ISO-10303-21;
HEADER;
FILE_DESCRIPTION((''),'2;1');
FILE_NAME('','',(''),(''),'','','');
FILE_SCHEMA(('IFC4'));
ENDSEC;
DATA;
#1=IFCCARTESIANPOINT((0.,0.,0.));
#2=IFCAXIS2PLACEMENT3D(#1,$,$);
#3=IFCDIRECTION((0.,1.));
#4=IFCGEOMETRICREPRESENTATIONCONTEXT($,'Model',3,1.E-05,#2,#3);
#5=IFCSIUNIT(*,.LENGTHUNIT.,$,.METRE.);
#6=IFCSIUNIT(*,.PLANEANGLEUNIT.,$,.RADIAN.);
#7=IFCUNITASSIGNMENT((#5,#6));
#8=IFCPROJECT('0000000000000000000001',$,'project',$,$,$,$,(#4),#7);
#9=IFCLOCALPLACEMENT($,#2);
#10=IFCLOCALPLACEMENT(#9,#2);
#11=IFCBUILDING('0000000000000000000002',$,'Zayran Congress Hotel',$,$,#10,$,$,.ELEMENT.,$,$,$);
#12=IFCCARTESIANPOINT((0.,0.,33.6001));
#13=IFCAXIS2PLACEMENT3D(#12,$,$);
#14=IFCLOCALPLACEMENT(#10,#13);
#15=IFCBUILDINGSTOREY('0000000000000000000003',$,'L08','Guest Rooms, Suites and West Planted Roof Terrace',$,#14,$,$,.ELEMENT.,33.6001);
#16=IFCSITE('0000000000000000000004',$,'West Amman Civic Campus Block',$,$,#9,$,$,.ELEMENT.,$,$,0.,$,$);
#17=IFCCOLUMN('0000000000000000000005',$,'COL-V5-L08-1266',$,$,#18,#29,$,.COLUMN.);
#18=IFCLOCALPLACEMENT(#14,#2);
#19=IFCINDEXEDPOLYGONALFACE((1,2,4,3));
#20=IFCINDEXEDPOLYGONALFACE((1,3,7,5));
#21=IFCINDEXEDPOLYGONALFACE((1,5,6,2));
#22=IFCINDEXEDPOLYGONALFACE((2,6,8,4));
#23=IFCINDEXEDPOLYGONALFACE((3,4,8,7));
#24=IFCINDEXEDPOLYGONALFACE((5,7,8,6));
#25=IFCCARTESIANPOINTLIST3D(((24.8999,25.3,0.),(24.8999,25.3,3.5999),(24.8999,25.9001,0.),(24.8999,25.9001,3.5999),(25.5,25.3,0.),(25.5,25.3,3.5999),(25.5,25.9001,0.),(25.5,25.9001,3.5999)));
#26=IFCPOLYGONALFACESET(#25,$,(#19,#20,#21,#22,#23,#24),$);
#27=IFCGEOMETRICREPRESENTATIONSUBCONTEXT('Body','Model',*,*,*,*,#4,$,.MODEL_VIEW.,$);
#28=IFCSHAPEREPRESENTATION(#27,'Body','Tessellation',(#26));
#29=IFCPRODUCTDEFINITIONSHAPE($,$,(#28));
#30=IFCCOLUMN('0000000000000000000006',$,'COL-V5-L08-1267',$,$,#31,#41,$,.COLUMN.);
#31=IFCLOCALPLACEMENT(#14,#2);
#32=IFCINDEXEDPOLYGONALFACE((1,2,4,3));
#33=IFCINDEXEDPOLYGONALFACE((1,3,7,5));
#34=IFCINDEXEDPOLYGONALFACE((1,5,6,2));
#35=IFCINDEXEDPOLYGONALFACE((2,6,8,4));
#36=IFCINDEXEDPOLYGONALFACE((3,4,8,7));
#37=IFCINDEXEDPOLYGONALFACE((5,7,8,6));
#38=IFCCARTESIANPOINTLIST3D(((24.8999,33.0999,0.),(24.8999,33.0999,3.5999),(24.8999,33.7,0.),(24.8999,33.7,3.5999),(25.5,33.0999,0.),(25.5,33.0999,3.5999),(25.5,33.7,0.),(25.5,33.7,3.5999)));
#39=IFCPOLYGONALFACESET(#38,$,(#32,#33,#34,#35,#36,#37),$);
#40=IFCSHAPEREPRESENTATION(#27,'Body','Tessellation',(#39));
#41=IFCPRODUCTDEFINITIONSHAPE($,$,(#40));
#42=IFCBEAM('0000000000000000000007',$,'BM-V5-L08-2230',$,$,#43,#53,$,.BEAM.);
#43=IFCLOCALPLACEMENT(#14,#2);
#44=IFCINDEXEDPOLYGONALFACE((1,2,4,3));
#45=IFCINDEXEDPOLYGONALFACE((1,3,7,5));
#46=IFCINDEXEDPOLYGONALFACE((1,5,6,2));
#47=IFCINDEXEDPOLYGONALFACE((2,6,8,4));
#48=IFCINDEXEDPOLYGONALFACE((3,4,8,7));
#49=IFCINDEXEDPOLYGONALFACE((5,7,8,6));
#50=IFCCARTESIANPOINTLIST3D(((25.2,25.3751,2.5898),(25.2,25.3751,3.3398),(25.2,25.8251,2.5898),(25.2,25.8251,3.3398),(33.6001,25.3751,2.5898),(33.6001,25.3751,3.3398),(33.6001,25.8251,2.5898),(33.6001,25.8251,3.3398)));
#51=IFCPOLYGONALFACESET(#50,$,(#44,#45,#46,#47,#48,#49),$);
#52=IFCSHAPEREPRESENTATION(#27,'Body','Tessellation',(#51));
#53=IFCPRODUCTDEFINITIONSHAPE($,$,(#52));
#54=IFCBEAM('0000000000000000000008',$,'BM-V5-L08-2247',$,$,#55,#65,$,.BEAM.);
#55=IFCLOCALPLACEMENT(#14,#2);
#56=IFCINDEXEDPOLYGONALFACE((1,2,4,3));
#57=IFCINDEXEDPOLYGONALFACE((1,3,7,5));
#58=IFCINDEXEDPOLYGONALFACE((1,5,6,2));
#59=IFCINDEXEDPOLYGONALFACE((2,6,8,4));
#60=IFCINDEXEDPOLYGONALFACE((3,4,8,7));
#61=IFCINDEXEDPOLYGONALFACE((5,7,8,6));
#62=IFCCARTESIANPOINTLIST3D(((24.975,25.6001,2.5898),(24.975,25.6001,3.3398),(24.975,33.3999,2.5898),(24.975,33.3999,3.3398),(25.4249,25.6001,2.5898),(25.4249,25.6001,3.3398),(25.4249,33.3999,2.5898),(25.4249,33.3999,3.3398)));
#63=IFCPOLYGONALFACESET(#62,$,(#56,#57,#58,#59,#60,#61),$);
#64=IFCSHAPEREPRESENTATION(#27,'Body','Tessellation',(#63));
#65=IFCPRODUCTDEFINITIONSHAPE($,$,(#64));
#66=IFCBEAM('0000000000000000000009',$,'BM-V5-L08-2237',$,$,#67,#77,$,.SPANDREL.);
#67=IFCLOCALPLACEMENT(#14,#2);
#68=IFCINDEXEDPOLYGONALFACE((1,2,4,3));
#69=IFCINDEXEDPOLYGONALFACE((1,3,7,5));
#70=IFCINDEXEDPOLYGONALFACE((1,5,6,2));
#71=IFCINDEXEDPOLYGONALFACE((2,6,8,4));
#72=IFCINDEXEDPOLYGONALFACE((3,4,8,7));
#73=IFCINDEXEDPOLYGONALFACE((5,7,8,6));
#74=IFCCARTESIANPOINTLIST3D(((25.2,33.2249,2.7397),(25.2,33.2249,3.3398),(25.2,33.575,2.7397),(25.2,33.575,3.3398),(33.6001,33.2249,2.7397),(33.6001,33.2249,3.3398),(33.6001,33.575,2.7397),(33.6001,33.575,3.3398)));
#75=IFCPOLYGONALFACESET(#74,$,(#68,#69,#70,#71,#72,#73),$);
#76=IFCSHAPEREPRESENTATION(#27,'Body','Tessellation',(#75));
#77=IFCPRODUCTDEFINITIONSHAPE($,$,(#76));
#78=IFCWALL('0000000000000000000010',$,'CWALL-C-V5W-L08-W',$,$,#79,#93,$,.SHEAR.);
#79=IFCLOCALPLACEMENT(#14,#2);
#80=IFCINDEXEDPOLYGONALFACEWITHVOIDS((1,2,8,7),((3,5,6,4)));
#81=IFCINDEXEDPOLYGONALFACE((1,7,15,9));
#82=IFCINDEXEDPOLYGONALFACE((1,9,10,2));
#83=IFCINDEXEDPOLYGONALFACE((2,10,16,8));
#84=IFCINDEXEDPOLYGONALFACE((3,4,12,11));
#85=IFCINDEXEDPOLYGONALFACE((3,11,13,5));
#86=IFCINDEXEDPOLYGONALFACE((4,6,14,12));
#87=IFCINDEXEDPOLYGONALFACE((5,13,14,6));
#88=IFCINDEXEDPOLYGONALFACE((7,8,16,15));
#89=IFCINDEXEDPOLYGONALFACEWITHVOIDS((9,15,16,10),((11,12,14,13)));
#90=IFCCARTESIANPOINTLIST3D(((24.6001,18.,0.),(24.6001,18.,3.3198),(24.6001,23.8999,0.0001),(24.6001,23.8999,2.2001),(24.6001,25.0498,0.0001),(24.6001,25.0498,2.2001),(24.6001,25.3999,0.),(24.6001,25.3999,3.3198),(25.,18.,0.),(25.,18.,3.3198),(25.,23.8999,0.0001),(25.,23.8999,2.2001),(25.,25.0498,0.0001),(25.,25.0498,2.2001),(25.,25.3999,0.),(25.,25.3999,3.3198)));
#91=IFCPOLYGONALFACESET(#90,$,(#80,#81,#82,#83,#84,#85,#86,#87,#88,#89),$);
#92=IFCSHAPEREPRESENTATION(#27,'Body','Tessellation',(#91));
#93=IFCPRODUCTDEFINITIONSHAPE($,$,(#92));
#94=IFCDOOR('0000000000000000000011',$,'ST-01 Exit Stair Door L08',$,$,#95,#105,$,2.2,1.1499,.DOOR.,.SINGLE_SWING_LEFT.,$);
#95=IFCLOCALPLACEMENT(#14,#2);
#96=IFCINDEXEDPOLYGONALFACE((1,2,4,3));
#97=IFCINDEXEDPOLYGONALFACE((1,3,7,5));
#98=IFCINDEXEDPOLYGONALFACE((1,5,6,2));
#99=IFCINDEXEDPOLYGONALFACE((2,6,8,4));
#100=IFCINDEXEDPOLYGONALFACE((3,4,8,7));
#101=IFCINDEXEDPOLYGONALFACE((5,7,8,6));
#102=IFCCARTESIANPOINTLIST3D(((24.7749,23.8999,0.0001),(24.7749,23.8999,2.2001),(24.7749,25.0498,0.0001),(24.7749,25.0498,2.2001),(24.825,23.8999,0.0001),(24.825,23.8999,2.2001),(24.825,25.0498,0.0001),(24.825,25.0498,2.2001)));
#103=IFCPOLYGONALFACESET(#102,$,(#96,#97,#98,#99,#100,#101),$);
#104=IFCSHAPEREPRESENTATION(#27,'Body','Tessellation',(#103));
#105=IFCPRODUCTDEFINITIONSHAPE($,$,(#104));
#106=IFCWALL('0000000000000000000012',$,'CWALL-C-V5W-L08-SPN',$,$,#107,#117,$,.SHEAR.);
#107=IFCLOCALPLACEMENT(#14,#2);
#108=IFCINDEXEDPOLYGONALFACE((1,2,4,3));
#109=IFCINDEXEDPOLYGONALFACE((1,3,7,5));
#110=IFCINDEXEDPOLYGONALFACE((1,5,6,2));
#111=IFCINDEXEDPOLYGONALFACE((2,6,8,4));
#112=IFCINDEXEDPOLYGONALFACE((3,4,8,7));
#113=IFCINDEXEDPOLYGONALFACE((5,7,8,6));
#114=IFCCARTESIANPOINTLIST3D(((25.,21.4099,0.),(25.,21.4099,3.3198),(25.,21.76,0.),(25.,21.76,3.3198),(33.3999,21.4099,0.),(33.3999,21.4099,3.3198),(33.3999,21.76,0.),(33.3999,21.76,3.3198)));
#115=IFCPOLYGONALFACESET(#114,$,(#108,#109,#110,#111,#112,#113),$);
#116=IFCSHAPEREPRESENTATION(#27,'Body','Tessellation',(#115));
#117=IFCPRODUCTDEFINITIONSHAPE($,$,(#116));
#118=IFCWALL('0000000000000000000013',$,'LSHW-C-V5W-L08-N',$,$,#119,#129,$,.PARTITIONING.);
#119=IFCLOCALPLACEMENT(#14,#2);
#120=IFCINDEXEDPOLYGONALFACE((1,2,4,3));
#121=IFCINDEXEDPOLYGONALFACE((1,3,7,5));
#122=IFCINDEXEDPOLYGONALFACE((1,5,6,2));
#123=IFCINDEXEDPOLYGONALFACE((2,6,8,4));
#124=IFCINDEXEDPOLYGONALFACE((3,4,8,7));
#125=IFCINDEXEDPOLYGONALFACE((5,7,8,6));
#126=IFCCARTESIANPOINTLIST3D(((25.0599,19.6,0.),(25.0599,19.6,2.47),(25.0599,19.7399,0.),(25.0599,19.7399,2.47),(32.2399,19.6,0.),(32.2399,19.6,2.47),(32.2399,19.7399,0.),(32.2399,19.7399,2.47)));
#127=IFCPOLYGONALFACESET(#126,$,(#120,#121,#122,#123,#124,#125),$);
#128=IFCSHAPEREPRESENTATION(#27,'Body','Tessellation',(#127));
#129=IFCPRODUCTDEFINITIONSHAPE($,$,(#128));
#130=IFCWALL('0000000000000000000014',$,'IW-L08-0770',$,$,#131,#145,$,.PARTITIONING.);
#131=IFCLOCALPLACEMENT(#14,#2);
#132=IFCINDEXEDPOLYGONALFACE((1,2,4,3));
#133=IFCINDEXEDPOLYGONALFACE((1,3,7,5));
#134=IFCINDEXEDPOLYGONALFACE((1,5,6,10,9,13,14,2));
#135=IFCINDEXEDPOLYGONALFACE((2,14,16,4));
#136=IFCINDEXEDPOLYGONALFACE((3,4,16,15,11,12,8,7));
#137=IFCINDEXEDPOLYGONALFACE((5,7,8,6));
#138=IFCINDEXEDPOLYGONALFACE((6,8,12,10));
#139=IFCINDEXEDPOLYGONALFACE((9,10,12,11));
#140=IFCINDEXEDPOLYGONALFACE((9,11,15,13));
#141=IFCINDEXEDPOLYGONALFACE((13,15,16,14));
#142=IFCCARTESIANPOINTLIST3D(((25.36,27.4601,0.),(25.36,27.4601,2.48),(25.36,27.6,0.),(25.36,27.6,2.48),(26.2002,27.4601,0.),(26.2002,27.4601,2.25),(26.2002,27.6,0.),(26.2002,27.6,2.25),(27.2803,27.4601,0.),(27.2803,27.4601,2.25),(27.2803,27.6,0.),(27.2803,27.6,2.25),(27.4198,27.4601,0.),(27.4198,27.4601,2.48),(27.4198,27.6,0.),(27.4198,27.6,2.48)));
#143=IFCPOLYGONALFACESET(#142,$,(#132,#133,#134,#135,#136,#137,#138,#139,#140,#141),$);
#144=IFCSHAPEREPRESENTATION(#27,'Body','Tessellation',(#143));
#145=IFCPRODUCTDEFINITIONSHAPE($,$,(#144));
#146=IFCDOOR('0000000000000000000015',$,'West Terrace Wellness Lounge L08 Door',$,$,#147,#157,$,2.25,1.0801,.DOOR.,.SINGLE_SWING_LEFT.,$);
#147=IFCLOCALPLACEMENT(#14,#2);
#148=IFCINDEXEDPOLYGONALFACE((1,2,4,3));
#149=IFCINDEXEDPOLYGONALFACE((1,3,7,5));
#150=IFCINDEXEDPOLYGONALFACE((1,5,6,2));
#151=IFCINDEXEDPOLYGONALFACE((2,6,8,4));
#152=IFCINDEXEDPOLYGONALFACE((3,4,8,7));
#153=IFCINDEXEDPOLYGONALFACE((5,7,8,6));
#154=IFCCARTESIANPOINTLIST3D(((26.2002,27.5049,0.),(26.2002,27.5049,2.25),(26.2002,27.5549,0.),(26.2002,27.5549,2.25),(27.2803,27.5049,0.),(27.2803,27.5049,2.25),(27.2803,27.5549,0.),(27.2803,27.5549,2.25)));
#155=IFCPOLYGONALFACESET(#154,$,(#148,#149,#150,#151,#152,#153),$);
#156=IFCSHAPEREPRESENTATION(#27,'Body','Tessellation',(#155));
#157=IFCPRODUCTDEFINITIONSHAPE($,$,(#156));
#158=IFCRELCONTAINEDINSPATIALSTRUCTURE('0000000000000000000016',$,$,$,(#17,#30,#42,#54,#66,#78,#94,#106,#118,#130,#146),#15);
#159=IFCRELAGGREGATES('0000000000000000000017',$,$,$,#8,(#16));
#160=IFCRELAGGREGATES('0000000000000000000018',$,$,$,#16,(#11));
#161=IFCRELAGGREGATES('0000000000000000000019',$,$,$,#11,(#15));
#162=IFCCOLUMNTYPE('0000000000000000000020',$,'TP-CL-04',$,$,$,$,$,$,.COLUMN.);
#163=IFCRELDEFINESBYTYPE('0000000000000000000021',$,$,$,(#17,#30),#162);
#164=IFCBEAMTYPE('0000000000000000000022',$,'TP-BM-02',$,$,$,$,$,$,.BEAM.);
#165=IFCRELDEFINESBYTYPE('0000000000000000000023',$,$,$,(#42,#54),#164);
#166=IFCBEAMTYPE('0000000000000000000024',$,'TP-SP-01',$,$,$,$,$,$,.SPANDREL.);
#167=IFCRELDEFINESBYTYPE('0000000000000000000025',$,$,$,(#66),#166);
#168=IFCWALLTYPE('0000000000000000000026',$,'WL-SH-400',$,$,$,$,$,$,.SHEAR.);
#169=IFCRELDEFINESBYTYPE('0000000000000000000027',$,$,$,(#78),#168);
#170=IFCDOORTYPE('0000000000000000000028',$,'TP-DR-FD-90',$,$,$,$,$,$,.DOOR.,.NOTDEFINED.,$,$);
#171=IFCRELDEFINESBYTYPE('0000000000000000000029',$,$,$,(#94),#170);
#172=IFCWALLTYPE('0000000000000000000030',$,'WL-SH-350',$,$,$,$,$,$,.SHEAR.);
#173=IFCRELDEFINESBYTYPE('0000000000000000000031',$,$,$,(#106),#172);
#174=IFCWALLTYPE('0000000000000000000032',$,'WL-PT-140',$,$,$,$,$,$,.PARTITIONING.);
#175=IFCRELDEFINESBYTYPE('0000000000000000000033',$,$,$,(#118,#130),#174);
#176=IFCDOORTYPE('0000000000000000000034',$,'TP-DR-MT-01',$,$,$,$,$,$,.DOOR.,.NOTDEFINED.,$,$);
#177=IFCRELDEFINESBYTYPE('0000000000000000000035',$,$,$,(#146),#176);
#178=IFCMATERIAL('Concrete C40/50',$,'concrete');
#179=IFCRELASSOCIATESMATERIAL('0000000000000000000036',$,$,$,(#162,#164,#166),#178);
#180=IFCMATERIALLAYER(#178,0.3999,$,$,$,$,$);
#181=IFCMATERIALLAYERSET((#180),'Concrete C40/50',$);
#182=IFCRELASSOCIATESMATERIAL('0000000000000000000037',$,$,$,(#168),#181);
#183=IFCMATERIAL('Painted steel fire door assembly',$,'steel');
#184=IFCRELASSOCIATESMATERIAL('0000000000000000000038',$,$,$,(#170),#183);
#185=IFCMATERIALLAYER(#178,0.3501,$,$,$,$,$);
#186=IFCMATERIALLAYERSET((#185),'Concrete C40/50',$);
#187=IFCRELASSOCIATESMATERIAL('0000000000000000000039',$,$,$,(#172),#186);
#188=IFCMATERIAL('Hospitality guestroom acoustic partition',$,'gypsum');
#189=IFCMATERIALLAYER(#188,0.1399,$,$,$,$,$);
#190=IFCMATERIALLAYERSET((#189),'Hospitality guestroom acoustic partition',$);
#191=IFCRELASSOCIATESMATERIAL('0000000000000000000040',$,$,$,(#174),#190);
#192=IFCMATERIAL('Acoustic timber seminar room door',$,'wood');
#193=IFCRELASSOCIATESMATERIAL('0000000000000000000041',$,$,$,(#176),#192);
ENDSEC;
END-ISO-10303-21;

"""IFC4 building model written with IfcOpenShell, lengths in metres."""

from ifc_helpers import new_model, si_unit, direction, frame, frame_2d, origin, origin_2d, place, context, subcontext, project, spatial, rectangle, extrude, material, layer, layer_set, material_profile, profile_set, type_object, element, fill, save


model = new_model("IFC4")

# Units and contexts
model_context = context("Model", 3, precision=1e-05, world=origin(), true_north=direction((0.0, 1.0)))
body_context = subcontext(model_context, "Body", "Model", "MODEL_VIEW")
ifc_project = project(units=[si_unit("LENGTHUNIT", "METRE"), si_unit("PLANEANGLEUNIT", "RADIAN")], contexts=[model_context])

# Site, building, storey
site_placement = place(None, origin())
site = spatial("IfcSite", under=ifc_project, at=site_placement, Name="West Amman Civic Campus Block", CompositionType="ELEMENT", RefElevation=0.0)
building_placement = place(site_placement, origin())
building = spatial("IfcBuilding", under=site, at=building_placement, Name="Zayran Congress Hotel", CompositionType="ELEMENT")
storey_placement = place(building_placement, frame((0.0, 0.0, 33.6001)))
storey = spatial("IfcBuildingStorey", under=building, at=storey_placement, Name="L08", Description="Guest Rooms, Suites and West Planted Roof Terrace", CompositionType="ELEMENT", Elevation=33.6001)

# Columns
ifc_material_1 = material(Name="Concrete C40/50", Category="concrete")
ifc_material_profile_1 = material_profile(ifc_material_1, rectangle(XDim=0.6001, YDim=0.6001, at=origin_2d()), Name="RC 600x600")
ifc_profile_set_1 = profile_set([ifc_material_profile_1], Name="Concrete C40/50")
column_type = type_object("IfcColumnType", Name="TP-CL-04", PredefinedType="COLUMN", material=ifc_profile_set_1)
for number, where, z_axis, x_axis, name in (
    (1, (25.2, 25.6001, 0.0), (0.0, 0.0, 1.0), (1.0, 0.0, 0.0), "COL-V5-L08-1266"),
    (2, (25.2, 33.3999, 0.0), (0.0, 0.0, 1.0), (1.0, 0.0, 0.0), "COL-V5-L08-1267"),
):
    element("IfcColumn", number, at=place(storey_placement, frame(where, z_axis=z_axis, x_axis=x_axis)), inside=storey, type_object=column_type, Name=name, PredefinedType="COLUMN", context=body_context, shape_type="SweptSolid", body=[
        extrude(rectangle(XDim=0.6001, YDim=0.6001, at=origin_2d()), origin(), (0.0, 0.0, 1.0), 3.5999),
    ])

# Beams
ifc_material_profile_2 = material_profile(ifc_material_1, rectangle(XDim=0.45, YDim=0.75, at=origin_2d()), Name="RC 450x750")
ifc_profile_set_2 = profile_set([ifc_material_profile_2], Name="Concrete C40/50")
beam_type_1 = type_object("IfcBeamType", Name="TP-BM-02", PredefinedType="BEAM", material=ifc_profile_set_2)
beam_1_placement = place(storey_placement, frame((25.2, 25.6001, 2.9648), z_axis=(1.0, 0.0, 0.0), x_axis=(0.0, 1.0, 0.0)))
element("IfcBeam", 3, at=beam_1_placement, inside=storey, type_object=beam_type_1, Name="BM-V5-L08-2230", PredefinedType="BEAM", context=body_context, shape_type="SweptSolid", body=[
    extrude(rectangle(XDim=0.45, YDim=0.75, at=origin_2d()), origin(), (0.0, 0.0, 1.0), 8.4001),
])
beam_2_placement = place(storey_placement, frame((25.2, 25.6001, 2.9648), z_axis=(0.0, 1.0, 0.0), x_axis=(-1.0, 0.0, 0.0)))
element("IfcBeam", 4, at=beam_2_placement, inside=storey, type_object=beam_type_1, Name="BM-V5-L08-2247", PredefinedType="BEAM", context=body_context, shape_type="SweptSolid", body=[
    extrude(rectangle(XDim=0.45, YDim=0.75, at=origin_2d()), origin(), (0.0, 0.0, 1.0), 7.7998),
])
ifc_material_profile_3 = material_profile(ifc_material_1, rectangle(XDim=0.3501, YDim=0.6001, at=origin_2d()), Name="RC 350x600")
ifc_profile_set_3 = profile_set([ifc_material_profile_3], Name="Concrete C40/50")
beam_type_2 = type_object("IfcBeamType", Name="TP-SP-01", PredefinedType="SPANDREL", material=ifc_profile_set_3)
beam_3_placement = place(storey_placement, frame((25.2, 33.3999, 3.0398), z_axis=(1.0, 0.0, 0.0), x_axis=(0.0, 1.0, 0.0)))
element("IfcBeam", 5, at=beam_3_placement, inside=storey, type_object=beam_type_2, Name="BM-V5-L08-2237", PredefinedType="SPANDREL", context=body_context, shape_type="SweptSolid", body=[
    extrude(rectangle(XDim=0.3501, YDim=0.6001, at=origin_2d()), origin(), (0.0, 0.0, 1.0), 8.4001),
])

# Wall, opening, door
ifc_layer_1 = layer(ifc_material_1, 0.3999)
ifc_layer_set_1 = layer_set([ifc_layer_1], Name="Concrete C40/50")
wall_type_1 = type_object("IfcWallType", Name="WL-SH-400", PredefinedType="SHEAR", material=ifc_layer_set_1)
wall_1_placement = place(storey_placement, frame((24.8, 25.3999, 0.0), z_axis=(0.0, 0.0, 1.0), x_axis=(0.0, -1.0, 0.0)))
wall_1 = element("IfcWall", 6, at=wall_1_placement, inside=storey, type_object=wall_type_1, Name="CWALL-C-V5W-L08-W", PredefinedType="SHEAR", context=body_context, shape_type="SweptSolid", body=[
    extrude(rectangle(XDim=7.3999, YDim=0.3999, at=frame_2d((3.7, 0.0))), origin(), (0.0, 0.0, 1.0), 3.3198),
])
opening_1_placement = place(wall_1_placement, frame((0.3501, 0.0, 0.0)))
opening_1 = element("IfcOpeningElement", 7, at=opening_1_placement, cuts=wall_1, PredefinedType="OPENING", context=body_context, shape_type="SweptSolid", body=[
    extrude(rectangle(XDim=1.1499, YDim=2.2, at=frame_2d((0.575, 1.1001))), frame((0.0, 0.21, 0.0), z_axis=(0.0, -1.0, 0.0), x_axis=(1.0, 0.0, 0.0)), (0.0, 0.0, 1.0), 0.4199),
])
ifc_material_2 = material(Name="Painted steel fire door assembly", Category="steel")
door_type_1 = type_object("IfcDoorType", Name="TP-DR-FD-90", OperationType="NOTDEFINED", PredefinedType="DOOR", material=ifc_material_2)
door_1_placement = place(opening_1_placement, origin())
door_1 = element("IfcDoor", 8, at=door_1_placement, inside=storey, type_object=door_type_1, Name="ST-01 Exit Stair Door L08", OperationType="SINGLE_SWING_LEFT", OverallHeight=2.2, OverallWidth=1.1499, PredefinedType="DOOR", context=body_context, shape_type="SweptSolid", body=[
    extrude(rectangle(XDim=1.1499, YDim=2.2, at=frame_2d((0.575, 1.1001))), frame((0.0, 0.0249, 0.0), z_axis=(0.0, -1.0, 0.0), x_axis=(1.0, 0.0, 0.0)), (0.0, 0.0, 1.0), 0.05),
])
fill(opening_1, door_1)

# Walls
ifc_layer_2 = layer(ifc_material_1, 0.3501)
ifc_layer_set_2 = layer_set([ifc_layer_2], Name="Concrete C40/50")
wall_type_2 = type_object("IfcWallType", Name="WL-SH-350", PredefinedType="SHEAR", material=ifc_layer_set_2)
wall_2_placement = place(storey_placement, frame((25.0, 21.585, 0.0), z_axis=(0.0, 0.0, 1.0), x_axis=(1.0, 0.0, 0.0)))
element("IfcWall", 9, at=wall_2_placement, inside=storey, type_object=wall_type_2, Name="CWALL-C-V5W-L08-SPN", PredefinedType="SHEAR", context=body_context, shape_type="SweptSolid", body=[
    extrude(rectangle(XDim=8.3999, YDim=0.3501, at=frame_2d((4.2, 0.0))), origin(), (0.0, 0.0, 1.0), 3.3198),
])
ifc_material_3 = material(Name="Hospitality guestroom acoustic partition", Category="gypsum")
ifc_layer_3 = layer(ifc_material_3, 0.1399)
ifc_layer_set_3 = layer_set([ifc_layer_3], Name="Hospitality guestroom acoustic partition")
wall_type_3 = type_object("IfcWallType", Name="WL-PT-140", PredefinedType="PARTITIONING", material=ifc_layer_set_3)
wall_3_placement = place(storey_placement, frame((25.0601, 19.6699, 0.0), z_axis=(0.0, 0.0, 1.0), x_axis=(1.0, 0.0, 0.0)))
element("IfcWall", 10, at=wall_3_placement, inside=storey, type_object=wall_type_3, Name="LSHW-C-V5W-L08-N", PredefinedType="PARTITIONING", context=body_context, shape_type="SweptSolid", body=[
    extrude(rectangle(XDim=7.1799, YDim=0.1399, at=frame_2d((3.5898, 0.0))), origin(), (0.0, 0.0, 1.0), 2.47),
])

# Wall, opening, door
wall_4_placement = place(storey_placement, frame((25.3601, 27.53, 0.0), z_axis=(0.0, 0.0, 1.0), x_axis=(1.0, 0.0, 0.0)))
wall_4 = element("IfcWall", 11, at=wall_4_placement, inside=storey, type_object=wall_type_3, Name="IW-L08-0770", PredefinedType="PARTITIONING", context=body_context, shape_type="SweptSolid", body=[
    extrude(rectangle(XDim=2.0598, YDim=0.1399, at=frame_2d((1.0298, 0.0))), origin(), (0.0, 0.0, 1.0), 2.48),
])
opening_2_placement = place(wall_4_placement, frame((0.8401, 0.0, 0.0)))
opening_2 = element("IfcOpeningElement", 12, at=opening_2_placement, cuts=wall_4, PredefinedType="OPENING", context=body_context, shape_type="SweptSolid", body=[
    extrude(rectangle(XDim=1.0801, YDim=2.25, at=frame_2d((0.54, 1.125))), frame((0.0, 0.0798, 0.0), z_axis=(0.0, -1.0, 0.0), x_axis=(1.0, 0.0, 0.0)), (0.0, 0.0, 1.0), 0.1599),
])
ifc_material_4 = material(Name="Acoustic timber seminar room door", Category="wood")
door_type_2 = type_object("IfcDoorType", Name="TP-DR-MT-01", OperationType="NOTDEFINED", PredefinedType="DOOR", material=ifc_material_4)
door_2_placement = place(opening_2_placement, origin())
door_2 = element("IfcDoor", 13, at=door_2_placement, inside=storey, type_object=door_type_2, Name="West Terrace Wellness Lounge L08 Door", OperationType="SINGLE_SWING_LEFT", OverallHeight=2.25, OverallWidth=1.0801, PredefinedType="DOOR", context=body_context, shape_type="SweptSolid", body=[
    extrude(rectangle(XDim=1.0801, YDim=2.25, at=frame_2d((0.54, 1.125))), frame((0.0, 0.0249, 0.0), z_axis=(0.0, -1.0, 0.0), x_axis=(1.0, 0.0, 0.0)), (0.0, 0.0, 1.0), 0.05),
])
fill(opening_2, door_2)

save(model, "model.ifc")
